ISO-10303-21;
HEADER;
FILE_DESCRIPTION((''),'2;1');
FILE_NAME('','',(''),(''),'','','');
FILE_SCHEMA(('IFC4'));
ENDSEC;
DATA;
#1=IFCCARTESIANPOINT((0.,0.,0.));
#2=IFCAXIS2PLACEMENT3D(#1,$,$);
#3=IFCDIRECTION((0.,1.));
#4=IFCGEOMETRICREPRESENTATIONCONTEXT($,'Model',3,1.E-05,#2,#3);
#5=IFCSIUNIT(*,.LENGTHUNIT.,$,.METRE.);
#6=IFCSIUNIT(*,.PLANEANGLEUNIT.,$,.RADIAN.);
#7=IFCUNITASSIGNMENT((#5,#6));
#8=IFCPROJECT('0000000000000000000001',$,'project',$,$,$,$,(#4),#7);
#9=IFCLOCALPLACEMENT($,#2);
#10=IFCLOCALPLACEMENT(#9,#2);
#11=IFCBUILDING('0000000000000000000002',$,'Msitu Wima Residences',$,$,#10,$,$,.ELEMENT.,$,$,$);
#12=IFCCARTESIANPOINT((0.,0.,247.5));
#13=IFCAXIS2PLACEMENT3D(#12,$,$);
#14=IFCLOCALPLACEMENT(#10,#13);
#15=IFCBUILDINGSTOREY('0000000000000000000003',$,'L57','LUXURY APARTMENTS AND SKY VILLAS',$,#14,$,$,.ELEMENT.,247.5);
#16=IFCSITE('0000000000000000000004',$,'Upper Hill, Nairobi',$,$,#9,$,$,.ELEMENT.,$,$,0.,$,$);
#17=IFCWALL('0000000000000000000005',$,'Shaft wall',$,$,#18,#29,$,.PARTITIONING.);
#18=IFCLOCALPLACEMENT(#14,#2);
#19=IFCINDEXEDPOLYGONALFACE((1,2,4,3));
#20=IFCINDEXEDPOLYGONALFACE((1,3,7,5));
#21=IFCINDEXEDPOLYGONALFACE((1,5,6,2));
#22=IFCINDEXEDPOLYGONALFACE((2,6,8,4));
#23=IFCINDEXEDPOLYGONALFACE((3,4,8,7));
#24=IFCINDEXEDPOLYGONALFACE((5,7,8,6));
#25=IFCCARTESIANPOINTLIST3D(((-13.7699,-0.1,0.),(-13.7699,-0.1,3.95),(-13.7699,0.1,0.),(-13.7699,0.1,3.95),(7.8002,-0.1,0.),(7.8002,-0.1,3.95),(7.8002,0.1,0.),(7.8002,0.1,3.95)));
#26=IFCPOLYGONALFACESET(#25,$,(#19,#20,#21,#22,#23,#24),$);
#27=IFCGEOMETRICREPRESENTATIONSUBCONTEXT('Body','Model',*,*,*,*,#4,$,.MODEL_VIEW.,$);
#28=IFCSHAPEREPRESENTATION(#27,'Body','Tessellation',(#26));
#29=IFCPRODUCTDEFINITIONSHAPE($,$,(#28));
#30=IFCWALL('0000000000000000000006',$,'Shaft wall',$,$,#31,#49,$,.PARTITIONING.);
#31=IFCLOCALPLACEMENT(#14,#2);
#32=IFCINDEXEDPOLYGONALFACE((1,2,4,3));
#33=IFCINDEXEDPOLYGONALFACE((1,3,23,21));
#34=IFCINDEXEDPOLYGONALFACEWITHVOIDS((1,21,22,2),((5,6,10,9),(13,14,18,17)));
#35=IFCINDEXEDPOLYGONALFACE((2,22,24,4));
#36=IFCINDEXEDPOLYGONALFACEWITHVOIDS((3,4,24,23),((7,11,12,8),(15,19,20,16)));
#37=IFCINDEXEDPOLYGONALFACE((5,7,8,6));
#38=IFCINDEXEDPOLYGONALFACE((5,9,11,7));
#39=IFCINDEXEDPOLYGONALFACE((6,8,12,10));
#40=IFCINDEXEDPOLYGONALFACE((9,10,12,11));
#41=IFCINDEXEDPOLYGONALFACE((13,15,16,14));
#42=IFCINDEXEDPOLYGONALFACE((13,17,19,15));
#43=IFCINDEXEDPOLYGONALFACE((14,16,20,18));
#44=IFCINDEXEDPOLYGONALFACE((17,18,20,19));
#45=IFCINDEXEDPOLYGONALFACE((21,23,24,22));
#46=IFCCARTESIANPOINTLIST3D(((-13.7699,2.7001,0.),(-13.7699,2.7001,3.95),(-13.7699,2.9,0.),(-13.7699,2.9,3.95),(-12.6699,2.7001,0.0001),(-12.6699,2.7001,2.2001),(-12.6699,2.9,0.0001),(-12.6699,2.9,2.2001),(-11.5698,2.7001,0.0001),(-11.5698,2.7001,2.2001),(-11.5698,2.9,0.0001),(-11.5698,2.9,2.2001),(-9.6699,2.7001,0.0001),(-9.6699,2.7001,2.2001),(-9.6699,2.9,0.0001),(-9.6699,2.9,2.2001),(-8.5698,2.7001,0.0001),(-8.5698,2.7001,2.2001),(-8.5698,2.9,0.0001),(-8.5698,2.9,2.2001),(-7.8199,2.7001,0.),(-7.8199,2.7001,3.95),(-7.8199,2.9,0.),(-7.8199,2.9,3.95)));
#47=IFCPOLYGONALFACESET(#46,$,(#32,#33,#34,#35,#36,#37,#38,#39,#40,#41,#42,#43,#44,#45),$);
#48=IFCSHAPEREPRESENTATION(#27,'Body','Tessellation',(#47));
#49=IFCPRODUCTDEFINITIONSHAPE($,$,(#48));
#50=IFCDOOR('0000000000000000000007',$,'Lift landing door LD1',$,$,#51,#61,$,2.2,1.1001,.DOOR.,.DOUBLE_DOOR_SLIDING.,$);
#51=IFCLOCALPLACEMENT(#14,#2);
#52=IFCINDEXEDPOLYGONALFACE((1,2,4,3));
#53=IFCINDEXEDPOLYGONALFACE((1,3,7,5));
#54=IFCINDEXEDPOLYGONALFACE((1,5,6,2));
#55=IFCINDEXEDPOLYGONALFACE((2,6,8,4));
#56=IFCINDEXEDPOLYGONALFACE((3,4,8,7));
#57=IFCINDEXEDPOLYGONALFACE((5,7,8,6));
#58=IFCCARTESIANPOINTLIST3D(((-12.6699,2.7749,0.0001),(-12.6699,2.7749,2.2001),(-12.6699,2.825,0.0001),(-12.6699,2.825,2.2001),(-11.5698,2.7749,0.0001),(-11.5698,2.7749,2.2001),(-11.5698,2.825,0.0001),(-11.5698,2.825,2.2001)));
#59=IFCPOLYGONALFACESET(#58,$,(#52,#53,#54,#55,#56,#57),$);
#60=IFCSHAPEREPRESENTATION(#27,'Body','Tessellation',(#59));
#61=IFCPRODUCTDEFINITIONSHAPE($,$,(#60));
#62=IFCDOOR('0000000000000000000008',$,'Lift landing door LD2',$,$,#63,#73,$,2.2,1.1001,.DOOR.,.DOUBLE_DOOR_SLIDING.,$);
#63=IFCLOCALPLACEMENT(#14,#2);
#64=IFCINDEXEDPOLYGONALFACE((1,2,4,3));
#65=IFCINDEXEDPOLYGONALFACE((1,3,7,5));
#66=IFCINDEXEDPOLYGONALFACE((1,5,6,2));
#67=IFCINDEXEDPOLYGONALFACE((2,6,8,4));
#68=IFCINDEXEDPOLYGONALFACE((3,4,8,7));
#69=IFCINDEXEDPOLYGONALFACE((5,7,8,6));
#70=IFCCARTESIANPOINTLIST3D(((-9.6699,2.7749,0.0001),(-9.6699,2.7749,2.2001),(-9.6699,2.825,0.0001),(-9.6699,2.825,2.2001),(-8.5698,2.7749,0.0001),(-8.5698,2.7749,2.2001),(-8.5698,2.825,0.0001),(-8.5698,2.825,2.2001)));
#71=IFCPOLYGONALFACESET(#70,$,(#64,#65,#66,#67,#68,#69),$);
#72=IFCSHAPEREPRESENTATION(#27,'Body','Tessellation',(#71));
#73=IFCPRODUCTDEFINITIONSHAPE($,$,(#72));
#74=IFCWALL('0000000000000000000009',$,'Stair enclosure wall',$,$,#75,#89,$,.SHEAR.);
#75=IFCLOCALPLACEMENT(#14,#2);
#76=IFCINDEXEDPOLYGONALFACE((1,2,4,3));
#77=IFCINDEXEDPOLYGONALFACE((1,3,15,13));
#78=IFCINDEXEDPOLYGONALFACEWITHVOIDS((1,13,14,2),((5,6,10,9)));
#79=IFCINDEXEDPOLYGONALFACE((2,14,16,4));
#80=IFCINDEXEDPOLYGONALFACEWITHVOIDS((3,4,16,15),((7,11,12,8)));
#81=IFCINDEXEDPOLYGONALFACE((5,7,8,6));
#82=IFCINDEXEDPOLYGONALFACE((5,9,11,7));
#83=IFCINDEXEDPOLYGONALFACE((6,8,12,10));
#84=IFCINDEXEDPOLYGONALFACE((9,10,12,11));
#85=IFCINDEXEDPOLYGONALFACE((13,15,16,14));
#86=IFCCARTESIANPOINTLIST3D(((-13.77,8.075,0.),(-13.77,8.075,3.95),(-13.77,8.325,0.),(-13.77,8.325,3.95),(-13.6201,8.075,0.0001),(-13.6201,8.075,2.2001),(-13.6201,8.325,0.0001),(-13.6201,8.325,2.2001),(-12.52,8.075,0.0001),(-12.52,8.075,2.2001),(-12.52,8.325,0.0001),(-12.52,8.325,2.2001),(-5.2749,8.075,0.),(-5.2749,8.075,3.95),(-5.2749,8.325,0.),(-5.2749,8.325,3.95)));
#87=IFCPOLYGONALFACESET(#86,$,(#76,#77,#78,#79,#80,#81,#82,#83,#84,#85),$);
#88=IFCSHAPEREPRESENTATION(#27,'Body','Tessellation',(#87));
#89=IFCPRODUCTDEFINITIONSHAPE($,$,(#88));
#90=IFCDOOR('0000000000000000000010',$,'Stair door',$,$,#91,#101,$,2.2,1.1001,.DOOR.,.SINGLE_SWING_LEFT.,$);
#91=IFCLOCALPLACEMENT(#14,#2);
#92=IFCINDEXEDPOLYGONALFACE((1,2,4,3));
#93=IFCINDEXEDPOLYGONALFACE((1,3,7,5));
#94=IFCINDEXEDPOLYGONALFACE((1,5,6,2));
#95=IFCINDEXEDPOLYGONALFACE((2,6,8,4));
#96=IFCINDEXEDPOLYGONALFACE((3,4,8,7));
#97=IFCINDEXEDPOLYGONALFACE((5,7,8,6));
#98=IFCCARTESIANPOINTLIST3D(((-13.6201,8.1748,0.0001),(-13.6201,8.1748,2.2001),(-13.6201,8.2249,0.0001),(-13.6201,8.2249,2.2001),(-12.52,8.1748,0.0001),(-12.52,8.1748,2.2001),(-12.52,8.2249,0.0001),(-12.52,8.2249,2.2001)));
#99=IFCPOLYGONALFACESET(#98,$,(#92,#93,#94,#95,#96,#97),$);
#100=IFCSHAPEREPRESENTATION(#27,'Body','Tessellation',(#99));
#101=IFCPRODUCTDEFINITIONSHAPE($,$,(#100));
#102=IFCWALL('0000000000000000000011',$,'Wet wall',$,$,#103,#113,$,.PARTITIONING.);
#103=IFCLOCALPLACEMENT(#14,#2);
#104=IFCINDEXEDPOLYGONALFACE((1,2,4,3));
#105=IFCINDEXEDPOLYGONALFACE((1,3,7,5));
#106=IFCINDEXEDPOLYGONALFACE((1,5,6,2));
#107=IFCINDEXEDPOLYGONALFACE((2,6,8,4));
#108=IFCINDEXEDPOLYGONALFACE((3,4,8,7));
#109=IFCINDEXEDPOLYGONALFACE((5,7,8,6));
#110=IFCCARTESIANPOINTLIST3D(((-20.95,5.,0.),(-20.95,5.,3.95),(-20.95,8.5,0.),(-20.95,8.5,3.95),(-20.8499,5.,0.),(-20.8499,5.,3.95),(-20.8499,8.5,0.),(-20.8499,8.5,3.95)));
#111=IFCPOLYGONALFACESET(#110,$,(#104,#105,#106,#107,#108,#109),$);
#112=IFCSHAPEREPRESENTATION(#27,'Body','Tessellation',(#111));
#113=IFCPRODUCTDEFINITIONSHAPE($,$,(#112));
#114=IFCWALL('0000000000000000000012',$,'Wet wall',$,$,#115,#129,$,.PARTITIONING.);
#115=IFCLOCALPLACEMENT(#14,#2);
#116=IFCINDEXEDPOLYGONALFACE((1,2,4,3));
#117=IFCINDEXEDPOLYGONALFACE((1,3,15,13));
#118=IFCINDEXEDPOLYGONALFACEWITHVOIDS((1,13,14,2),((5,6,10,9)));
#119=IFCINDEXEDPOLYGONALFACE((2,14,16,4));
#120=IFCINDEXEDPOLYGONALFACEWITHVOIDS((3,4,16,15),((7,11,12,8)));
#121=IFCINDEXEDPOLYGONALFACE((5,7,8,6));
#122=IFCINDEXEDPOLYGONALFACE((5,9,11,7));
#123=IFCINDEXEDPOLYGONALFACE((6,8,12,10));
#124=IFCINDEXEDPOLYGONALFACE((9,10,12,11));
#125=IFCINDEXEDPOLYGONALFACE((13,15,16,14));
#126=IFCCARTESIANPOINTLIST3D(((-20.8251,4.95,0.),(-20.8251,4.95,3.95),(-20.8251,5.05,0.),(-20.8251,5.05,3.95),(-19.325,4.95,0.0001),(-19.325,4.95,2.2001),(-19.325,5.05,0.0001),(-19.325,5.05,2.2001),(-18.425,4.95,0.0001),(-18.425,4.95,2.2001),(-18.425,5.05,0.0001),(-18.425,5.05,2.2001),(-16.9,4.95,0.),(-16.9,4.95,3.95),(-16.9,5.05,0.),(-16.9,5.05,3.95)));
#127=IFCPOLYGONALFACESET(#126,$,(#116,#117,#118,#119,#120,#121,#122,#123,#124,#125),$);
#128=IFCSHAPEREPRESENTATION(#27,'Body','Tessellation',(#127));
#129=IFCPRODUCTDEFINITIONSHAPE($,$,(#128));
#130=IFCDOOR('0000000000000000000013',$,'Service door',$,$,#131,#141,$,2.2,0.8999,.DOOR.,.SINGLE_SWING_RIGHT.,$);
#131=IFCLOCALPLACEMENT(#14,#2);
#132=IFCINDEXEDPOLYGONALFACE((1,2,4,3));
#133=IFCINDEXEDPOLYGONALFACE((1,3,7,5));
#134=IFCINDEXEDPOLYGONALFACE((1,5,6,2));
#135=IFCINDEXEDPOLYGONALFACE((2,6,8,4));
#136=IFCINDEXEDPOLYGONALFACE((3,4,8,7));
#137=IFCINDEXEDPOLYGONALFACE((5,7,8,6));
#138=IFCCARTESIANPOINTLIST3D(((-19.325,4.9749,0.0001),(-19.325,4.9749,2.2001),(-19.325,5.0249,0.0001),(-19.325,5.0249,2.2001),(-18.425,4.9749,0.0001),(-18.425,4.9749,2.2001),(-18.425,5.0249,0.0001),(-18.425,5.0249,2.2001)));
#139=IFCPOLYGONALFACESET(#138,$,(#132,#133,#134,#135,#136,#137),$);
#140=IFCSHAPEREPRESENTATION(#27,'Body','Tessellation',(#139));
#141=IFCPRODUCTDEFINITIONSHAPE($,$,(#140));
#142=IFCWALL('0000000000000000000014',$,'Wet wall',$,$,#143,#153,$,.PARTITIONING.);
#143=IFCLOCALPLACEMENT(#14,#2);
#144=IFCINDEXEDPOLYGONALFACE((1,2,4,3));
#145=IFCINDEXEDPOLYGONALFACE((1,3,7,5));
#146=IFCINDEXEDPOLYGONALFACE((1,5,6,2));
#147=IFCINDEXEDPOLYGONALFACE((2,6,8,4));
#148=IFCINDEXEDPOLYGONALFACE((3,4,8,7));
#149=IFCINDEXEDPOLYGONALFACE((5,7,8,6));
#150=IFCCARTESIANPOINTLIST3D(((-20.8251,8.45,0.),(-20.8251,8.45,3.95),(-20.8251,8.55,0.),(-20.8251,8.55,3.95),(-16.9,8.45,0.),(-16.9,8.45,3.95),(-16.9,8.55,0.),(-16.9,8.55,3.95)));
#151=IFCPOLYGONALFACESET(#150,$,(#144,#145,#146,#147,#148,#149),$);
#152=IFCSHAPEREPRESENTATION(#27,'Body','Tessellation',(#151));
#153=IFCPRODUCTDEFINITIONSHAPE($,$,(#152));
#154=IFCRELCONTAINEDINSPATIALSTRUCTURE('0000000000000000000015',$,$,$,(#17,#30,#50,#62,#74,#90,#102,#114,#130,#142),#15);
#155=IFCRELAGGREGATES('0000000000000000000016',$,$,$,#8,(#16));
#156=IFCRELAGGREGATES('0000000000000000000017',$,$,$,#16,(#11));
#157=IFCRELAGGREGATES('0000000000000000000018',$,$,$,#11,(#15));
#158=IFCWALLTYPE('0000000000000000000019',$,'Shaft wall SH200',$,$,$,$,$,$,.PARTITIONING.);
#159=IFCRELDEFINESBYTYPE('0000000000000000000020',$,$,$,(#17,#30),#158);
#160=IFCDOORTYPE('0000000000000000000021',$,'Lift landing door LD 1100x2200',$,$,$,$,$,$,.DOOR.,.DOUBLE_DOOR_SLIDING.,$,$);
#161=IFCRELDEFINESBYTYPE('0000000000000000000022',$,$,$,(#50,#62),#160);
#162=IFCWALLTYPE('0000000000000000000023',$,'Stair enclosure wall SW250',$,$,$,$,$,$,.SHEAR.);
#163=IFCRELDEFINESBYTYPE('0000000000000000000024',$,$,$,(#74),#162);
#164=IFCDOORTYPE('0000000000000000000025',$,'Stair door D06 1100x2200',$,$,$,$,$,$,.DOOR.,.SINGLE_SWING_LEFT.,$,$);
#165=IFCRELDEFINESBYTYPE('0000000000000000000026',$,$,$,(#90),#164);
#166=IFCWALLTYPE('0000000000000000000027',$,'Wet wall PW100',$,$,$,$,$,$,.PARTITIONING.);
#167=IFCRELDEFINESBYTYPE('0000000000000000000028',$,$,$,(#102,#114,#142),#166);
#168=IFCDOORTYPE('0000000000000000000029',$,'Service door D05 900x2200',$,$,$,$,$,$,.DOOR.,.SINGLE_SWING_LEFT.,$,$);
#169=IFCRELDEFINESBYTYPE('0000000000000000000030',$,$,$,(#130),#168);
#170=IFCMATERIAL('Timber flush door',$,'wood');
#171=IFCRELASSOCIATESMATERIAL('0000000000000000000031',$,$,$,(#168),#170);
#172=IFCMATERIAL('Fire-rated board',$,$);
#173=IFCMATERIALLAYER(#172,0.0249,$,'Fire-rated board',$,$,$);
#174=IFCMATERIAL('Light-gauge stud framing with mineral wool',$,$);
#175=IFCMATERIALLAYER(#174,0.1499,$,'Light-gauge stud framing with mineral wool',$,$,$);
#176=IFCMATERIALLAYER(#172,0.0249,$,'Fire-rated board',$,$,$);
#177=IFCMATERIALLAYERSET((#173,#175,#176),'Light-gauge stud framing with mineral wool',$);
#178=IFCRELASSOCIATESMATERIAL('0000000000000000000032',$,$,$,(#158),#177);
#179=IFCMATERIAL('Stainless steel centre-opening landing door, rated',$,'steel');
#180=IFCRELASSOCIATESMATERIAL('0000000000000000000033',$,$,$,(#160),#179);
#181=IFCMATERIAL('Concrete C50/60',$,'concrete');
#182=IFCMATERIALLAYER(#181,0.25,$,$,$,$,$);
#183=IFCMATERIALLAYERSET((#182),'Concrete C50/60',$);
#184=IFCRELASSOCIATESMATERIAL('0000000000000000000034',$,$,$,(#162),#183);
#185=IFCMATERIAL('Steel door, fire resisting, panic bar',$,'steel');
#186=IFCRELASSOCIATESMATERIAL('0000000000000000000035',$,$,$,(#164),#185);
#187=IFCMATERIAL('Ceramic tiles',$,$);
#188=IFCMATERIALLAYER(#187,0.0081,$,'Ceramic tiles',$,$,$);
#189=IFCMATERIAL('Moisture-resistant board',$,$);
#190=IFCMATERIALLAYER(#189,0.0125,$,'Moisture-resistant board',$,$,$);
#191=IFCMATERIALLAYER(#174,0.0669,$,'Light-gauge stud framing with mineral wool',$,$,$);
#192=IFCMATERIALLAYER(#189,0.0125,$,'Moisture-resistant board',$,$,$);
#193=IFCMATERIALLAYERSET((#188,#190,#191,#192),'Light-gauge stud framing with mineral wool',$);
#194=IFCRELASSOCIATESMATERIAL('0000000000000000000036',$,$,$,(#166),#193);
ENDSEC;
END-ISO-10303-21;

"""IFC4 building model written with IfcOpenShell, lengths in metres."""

from ifc_helpers import new_model, si_unit, direction, frame, frame_2d, origin, place, context, subcontext, project, spatial, rectangle, extrude, material, layer, layer_set, type_object, element, fill, save


model = new_model("IFC4")

# Units and contexts
model_context = context("Model", 3, precision=1e-05, world=origin(), true_north=direction((0.0, 1.0)))
body_context = subcontext(model_context, "Body", "Model", "MODEL_VIEW")
ifc_project = project(units=[si_unit("LENGTHUNIT", "METRE"), si_unit("PLANEANGLEUNIT", "RADIAN")], contexts=[model_context])

# Site, building, storey
site_placement = place(None, origin())
site = spatial("IfcSite", under=ifc_project, at=site_placement, Name="Upper Hill, Nairobi", CompositionType="ELEMENT", RefElevation=0.0)
building_placement = place(site_placement, origin())
building = spatial("IfcBuilding", under=site, at=building_placement, Name="Msitu Wima Residences", CompositionType="ELEMENT")
storey_placement = place(building_placement, frame((0.0, 0.0, 247.5)))
storey = spatial("IfcBuildingStorey", under=building, at=storey_placement, Name="L57", Description="LUXURY APARTMENTS AND SKY VILLAS", CompositionType="ELEMENT", Elevation=247.5)

# Shared definitions
ifc_material_1 = material(Name="Concrete C50/60", Category="concrete")

# Shared definitions
ifc_material_2 = material(Name="Timber flush door", Category="wood")
door_type_1 = type_object("IfcDoorType", Name="Service door D05 900x2200", OperationType="SINGLE_SWING_LEFT", PredefinedType="DOOR", material=ifc_material_2)

# Wall
ifc_material_3 = material(Name="Fire-rated board")
ifc_layer_1 = layer(ifc_material_3, 0.0249, Name="Fire-rated board")
ifc_material_4 = material(Name="Light-gauge stud framing with mineral wool")
ifc_layer_2 = layer(ifc_material_4, 0.1499, Name="Light-gauge stud framing with mineral wool")
ifc_layer_3 = layer(ifc_material_3, 0.0249, Name="Fire-rated board")
ifc_layer_set_1 = layer_set([ifc_layer_1, ifc_layer_2, ifc_layer_3], Name="Light-gauge stud framing with mineral wool")
wall_type_1 = type_object("IfcWallType", Name="Shaft wall SH200", PredefinedType="PARTITIONING", material=ifc_layer_set_1)
wall_1_placement = place(storey_placement, frame((-13.77, 0.0, 0.0), z_axis=(0.0, 0.0, 1.0), x_axis=(1.0, 0.0, 0.0)))
element("IfcWall", 1, at=wall_1_placement, inside=storey, type_object=wall_type_1, Name="Shaft wall", PredefinedType="PARTITIONING", context=body_context, shape_type="SweptSolid", body=[
    extrude(rectangle(XDim=21.5701, YDim=0.2, at=frame_2d((10.7852, 0.0))), origin(), (0.0, 0.0, 1.0), 3.95),
])

# Wall, openings, doors
wall_2_placement = place(storey_placement, frame((-13.77, 2.8, 0.0), z_axis=(0.0, 0.0, 1.0), x_axis=(1.0, 0.0, 0.0)))
wall_2 = element("IfcWall", 2, at=wall_2_placement, inside=storey, type_object=wall_type_1, Name="Shaft wall", PredefinedType="PARTITIONING", context=body_context, shape_type="SweptSolid", body=[
    extrude(rectangle(XDim=5.95, YDim=0.2, at=frame_2d((2.9751, 0.0))), origin(), (0.0, 0.0, 1.0), 3.95),
])
opening_1_placement = place(wall_2_placement, frame((1.1001, 0.0, 0.0)))
opening_1 = element("IfcOpeningElement", 3, at=opening_1_placement, cuts=wall_2, PredefinedType="OPENING", context=body_context, shape_type="SweptSolid", body=[
    extrude(rectangle(XDim=1.1001, YDim=2.2, at=frame_2d((0.55, 1.1001))), frame((0.0, 0.1099, 0.0), z_axis=(0.0, -1.0, 0.0), x_axis=(1.0, 0.0, 0.0)), (0.0, 0.0, 1.0), 0.22),
])
opening_2_placement = place(wall_2_placement, frame((4.1001, 0.0, 0.0)))
opening_2 = element("IfcOpeningElement", 4, at=opening_2_placement, cuts=wall_2, PredefinedType="OPENING", context=body_context, shape_type="SweptSolid", body=[
    extrude(rectangle(XDim=1.1001, YDim=2.2, at=frame_2d((0.55, 1.1001))), frame((0.0, 0.1099, 0.0), z_axis=(0.0, -1.0, 0.0), x_axis=(1.0, 0.0, 0.0)), (0.0, 0.0, 1.0), 0.22),
])
ifc_material_5 = material(Name="Stainless steel centre-opening landing door, rated", Category="steel")
door_type_2 = type_object("IfcDoorType", Name="Lift landing door LD 1100x2200", OperationType="DOUBLE_DOOR_SLIDING", PredefinedType="DOOR", material=ifc_material_5)
door_1_placement = place(opening_1_placement, origin())
door_1 = element("IfcDoor", 5, at=door_1_placement, inside=storey, type_object=door_type_2, Name="Lift landing door LD1", OperationType="DOUBLE_DOOR_SLIDING", OverallHeight=2.2, OverallWidth=1.1001, PredefinedType="DOOR", context=body_context, shape_type="SweptSolid", body=[
    extrude(rectangle(XDim=1.1001, YDim=2.2, at=frame_2d((0.55, 1.1001))), frame((0.0, 0.0249, 0.0), z_axis=(0.0, -1.0, 0.0), x_axis=(1.0, 0.0, 0.0)), (0.0, 0.0, 1.0), 0.05),
])
fill(opening_1, door_1)
door_2_placement = place(opening_2_placement, origin())
door_2 = element("IfcDoor", 6, at=door_2_placement, inside=storey, type_object=door_type_2, Name="Lift landing door LD2", OperationType="DOUBLE_DOOR_SLIDING", OverallHeight=2.2, OverallWidth=1.1001, PredefinedType="DOOR", context=body_context, shape_type="SweptSolid", body=[
    extrude(rectangle(XDim=1.1001, YDim=2.2, at=frame_2d((0.55, 1.1001))), frame((0.0, 0.0249, 0.0), z_axis=(0.0, -1.0, 0.0), x_axis=(1.0, 0.0, 0.0)), (0.0, 0.0, 1.0), 0.05),
])
fill(opening_2, door_2)

# Wall, opening, door
ifc_layer_4 = layer(ifc_material_1, 0.25)
ifc_layer_set_2 = layer_set([ifc_layer_4], Name="Concrete C50/60")
wall_type_2 = type_object("IfcWallType", Name="Stair enclosure wall SW250", PredefinedType="SHEAR", material=ifc_layer_set_2)
wall_3_placement = place(storey_placement, frame((-13.77, 8.2, 0.0), z_axis=(0.0, 0.0, 1.0), x_axis=(1.0, 0.0, 0.0)))
wall_3 = element("IfcWall", 7, at=wall_3_placement, inside=storey, type_object=wall_type_2, Name="Stair enclosure wall", PredefinedType="SHEAR", context=body_context, shape_type="SweptSolid", body=[
    extrude(rectangle(XDim=8.4951, YDim=0.25, at=frame_2d((4.2476, 0.0))), origin(), (0.0, 0.0, 1.0), 3.95),
])
opening_3_placement = place(wall_3_placement, frame((0.1499, 0.0, 0.0)))
opening_3 = element("IfcOpeningElement", 8, at=opening_3_placement, cuts=wall_3, PredefinedType="OPENING", context=body_context, shape_type="SweptSolid", body=[
    extrude(rectangle(XDim=1.1001, YDim=2.2, at=frame_2d((0.55, 1.1001))), frame((0.0, 0.135, 0.0), z_axis=(0.0, -1.0, 0.0), x_axis=(1.0, 0.0, 0.0)), (0.0, 0.0, 1.0), 0.27),
])
ifc_material_6 = material(Name="Steel door, fire resisting, panic bar", Category="steel")
door_type_3 = type_object("IfcDoorType", Name="Stair door D06 1100x2200", OperationType="SINGLE_SWING_LEFT", PredefinedType="DOOR", material=ifc_material_6)
door_3_placement = place(opening_3_placement, origin())
door_3 = element("IfcDoor", 9, at=door_3_placement, inside=storey, type_object=door_type_3, Name="Stair door", OperationType="SINGLE_SWING_LEFT", OverallHeight=2.2, OverallWidth=1.1001, PredefinedType="DOOR", context=body_context, shape_type="SweptSolid", body=[
    extrude(rectangle(XDim=1.1001, YDim=2.2, at=frame_2d((0.55, 1.1001))), frame((0.0, 0.0249, 0.0), z_axis=(0.0, -1.0, 0.0), x_axis=(1.0, 0.0, 0.0)), (0.0, 0.0, 1.0), 0.05),
])
fill(opening_3, door_3)

# Wall
ifc_material_7 = material(Name="Ceramic tiles")
ifc_layer_5 = layer(ifc_material_7, 0.0081, Name="Ceramic tiles")
ifc_material_8 = material(Name="Moisture-resistant board")
ifc_layer_6 = layer(ifc_material_8, 0.0125, Name="Moisture-resistant board")
ifc_layer_7 = layer(ifc_material_4, 0.0669, Name="Light-gauge stud framing with mineral wool")
ifc_layer_8 = layer(ifc_material_8, 0.0125, Name="Moisture-resistant board")
ifc_layer_set_3 = layer_set([ifc_layer_5, ifc_layer_6, ifc_layer_7, ifc_layer_8], Name="Light-gauge stud framing with mineral wool")
wall_type_3 = type_object("IfcWallType", Name="Wet wall PW100", PredefinedType="PARTITIONING", material=ifc_layer_set_3)
wall_4_placement = place(storey_placement, frame((-20.8999, 5.0, 0.0), z_axis=(0.0, 0.0, 1.0), x_axis=(0.0, 1.0, 0.0)))
element("IfcWall", 10, at=wall_4_placement, inside=storey, type_object=wall_type_3, Name="Wet wall", PredefinedType="PARTITIONING", context=body_context, shape_type="SweptSolid", body=[
    extrude(rectangle(XDim=3.5, YDim=0.1001, at=frame_2d((1.75, 0.0))), origin(), (0.0, 0.0, 1.0), 3.95),
])

# Wall, opening, door
wall_5_placement = place(storey_placement, frame((-20.825, 5.0, 0.0), z_axis=(0.0, 0.0, 1.0), x_axis=(1.0, 0.0, 0.0)))
wall_5 = element("IfcWall", 11, at=wall_5_placement, inside=storey, type_object=wall_type_3, Name="Wet wall", PredefinedType="PARTITIONING", context=body_context, shape_type="SweptSolid", body=[
    extrude(rectangle(XDim=3.925, YDim=0.1001, at=frame_2d((1.9624, 0.0))), origin(), (0.0, 0.0, 1.0), 3.95),
])
opening_4_placement = place(wall_5_placement, frame((1.5, 0.0, 0.0)))
opening_4 = element("IfcOpeningElement", 12, at=opening_4_placement, cuts=wall_5, PredefinedType="OPENING", context=body_context, shape_type="SweptSolid", body=[
    extrude(rectangle(XDim=0.8999, YDim=2.2, at=frame_2d((0.45, 1.1001))), frame((0.0, 0.0601, 0.0), z_axis=(0.0, -1.0, 0.0), x_axis=(1.0, 0.0, 0.0)), (0.0, 0.0, 1.0), 0.1201),
])
door_4_placement = place(opening_4_placement, origin())
door_4 = element("IfcDoor", 13, at=door_4_placement, inside=storey, type_object=door_type_1, Name="Service door", OperationType="SINGLE_SWING_RIGHT", OverallHeight=2.2, OverallWidth=0.8999, PredefinedType="DOOR", context=body_context, shape_type="SweptSolid", body=[
    extrude(rectangle(XDim=0.8999, YDim=2.2, at=frame_2d((0.45, 1.1001))), frame((0.0, 0.0249, 0.0), z_axis=(0.0, -1.0, 0.0), x_axis=(1.0, 0.0, 0.0)), (0.0, 0.0, 1.0), 0.05),
])
fill(opening_4, door_4)

# Wall
wall_6_placement = place(storey_placement, frame((-20.825, 8.5, 0.0), z_axis=(0.0, 0.0, 1.0), x_axis=(1.0, 0.0, 0.0)))
element("IfcWall", 14, at=wall_6_placement, inside=storey, type_object=wall_type_3, Name="Wet wall", PredefinedType="PARTITIONING", context=body_context, shape_type="SweptSolid", body=[
    extrude(rectangle(XDim=3.925, YDim=0.1001, at=frame_2d((1.9624, 0.0))), origin(), (0.0, 0.0, 1.0), 3.95),
])

save(model, "model.ifc")
